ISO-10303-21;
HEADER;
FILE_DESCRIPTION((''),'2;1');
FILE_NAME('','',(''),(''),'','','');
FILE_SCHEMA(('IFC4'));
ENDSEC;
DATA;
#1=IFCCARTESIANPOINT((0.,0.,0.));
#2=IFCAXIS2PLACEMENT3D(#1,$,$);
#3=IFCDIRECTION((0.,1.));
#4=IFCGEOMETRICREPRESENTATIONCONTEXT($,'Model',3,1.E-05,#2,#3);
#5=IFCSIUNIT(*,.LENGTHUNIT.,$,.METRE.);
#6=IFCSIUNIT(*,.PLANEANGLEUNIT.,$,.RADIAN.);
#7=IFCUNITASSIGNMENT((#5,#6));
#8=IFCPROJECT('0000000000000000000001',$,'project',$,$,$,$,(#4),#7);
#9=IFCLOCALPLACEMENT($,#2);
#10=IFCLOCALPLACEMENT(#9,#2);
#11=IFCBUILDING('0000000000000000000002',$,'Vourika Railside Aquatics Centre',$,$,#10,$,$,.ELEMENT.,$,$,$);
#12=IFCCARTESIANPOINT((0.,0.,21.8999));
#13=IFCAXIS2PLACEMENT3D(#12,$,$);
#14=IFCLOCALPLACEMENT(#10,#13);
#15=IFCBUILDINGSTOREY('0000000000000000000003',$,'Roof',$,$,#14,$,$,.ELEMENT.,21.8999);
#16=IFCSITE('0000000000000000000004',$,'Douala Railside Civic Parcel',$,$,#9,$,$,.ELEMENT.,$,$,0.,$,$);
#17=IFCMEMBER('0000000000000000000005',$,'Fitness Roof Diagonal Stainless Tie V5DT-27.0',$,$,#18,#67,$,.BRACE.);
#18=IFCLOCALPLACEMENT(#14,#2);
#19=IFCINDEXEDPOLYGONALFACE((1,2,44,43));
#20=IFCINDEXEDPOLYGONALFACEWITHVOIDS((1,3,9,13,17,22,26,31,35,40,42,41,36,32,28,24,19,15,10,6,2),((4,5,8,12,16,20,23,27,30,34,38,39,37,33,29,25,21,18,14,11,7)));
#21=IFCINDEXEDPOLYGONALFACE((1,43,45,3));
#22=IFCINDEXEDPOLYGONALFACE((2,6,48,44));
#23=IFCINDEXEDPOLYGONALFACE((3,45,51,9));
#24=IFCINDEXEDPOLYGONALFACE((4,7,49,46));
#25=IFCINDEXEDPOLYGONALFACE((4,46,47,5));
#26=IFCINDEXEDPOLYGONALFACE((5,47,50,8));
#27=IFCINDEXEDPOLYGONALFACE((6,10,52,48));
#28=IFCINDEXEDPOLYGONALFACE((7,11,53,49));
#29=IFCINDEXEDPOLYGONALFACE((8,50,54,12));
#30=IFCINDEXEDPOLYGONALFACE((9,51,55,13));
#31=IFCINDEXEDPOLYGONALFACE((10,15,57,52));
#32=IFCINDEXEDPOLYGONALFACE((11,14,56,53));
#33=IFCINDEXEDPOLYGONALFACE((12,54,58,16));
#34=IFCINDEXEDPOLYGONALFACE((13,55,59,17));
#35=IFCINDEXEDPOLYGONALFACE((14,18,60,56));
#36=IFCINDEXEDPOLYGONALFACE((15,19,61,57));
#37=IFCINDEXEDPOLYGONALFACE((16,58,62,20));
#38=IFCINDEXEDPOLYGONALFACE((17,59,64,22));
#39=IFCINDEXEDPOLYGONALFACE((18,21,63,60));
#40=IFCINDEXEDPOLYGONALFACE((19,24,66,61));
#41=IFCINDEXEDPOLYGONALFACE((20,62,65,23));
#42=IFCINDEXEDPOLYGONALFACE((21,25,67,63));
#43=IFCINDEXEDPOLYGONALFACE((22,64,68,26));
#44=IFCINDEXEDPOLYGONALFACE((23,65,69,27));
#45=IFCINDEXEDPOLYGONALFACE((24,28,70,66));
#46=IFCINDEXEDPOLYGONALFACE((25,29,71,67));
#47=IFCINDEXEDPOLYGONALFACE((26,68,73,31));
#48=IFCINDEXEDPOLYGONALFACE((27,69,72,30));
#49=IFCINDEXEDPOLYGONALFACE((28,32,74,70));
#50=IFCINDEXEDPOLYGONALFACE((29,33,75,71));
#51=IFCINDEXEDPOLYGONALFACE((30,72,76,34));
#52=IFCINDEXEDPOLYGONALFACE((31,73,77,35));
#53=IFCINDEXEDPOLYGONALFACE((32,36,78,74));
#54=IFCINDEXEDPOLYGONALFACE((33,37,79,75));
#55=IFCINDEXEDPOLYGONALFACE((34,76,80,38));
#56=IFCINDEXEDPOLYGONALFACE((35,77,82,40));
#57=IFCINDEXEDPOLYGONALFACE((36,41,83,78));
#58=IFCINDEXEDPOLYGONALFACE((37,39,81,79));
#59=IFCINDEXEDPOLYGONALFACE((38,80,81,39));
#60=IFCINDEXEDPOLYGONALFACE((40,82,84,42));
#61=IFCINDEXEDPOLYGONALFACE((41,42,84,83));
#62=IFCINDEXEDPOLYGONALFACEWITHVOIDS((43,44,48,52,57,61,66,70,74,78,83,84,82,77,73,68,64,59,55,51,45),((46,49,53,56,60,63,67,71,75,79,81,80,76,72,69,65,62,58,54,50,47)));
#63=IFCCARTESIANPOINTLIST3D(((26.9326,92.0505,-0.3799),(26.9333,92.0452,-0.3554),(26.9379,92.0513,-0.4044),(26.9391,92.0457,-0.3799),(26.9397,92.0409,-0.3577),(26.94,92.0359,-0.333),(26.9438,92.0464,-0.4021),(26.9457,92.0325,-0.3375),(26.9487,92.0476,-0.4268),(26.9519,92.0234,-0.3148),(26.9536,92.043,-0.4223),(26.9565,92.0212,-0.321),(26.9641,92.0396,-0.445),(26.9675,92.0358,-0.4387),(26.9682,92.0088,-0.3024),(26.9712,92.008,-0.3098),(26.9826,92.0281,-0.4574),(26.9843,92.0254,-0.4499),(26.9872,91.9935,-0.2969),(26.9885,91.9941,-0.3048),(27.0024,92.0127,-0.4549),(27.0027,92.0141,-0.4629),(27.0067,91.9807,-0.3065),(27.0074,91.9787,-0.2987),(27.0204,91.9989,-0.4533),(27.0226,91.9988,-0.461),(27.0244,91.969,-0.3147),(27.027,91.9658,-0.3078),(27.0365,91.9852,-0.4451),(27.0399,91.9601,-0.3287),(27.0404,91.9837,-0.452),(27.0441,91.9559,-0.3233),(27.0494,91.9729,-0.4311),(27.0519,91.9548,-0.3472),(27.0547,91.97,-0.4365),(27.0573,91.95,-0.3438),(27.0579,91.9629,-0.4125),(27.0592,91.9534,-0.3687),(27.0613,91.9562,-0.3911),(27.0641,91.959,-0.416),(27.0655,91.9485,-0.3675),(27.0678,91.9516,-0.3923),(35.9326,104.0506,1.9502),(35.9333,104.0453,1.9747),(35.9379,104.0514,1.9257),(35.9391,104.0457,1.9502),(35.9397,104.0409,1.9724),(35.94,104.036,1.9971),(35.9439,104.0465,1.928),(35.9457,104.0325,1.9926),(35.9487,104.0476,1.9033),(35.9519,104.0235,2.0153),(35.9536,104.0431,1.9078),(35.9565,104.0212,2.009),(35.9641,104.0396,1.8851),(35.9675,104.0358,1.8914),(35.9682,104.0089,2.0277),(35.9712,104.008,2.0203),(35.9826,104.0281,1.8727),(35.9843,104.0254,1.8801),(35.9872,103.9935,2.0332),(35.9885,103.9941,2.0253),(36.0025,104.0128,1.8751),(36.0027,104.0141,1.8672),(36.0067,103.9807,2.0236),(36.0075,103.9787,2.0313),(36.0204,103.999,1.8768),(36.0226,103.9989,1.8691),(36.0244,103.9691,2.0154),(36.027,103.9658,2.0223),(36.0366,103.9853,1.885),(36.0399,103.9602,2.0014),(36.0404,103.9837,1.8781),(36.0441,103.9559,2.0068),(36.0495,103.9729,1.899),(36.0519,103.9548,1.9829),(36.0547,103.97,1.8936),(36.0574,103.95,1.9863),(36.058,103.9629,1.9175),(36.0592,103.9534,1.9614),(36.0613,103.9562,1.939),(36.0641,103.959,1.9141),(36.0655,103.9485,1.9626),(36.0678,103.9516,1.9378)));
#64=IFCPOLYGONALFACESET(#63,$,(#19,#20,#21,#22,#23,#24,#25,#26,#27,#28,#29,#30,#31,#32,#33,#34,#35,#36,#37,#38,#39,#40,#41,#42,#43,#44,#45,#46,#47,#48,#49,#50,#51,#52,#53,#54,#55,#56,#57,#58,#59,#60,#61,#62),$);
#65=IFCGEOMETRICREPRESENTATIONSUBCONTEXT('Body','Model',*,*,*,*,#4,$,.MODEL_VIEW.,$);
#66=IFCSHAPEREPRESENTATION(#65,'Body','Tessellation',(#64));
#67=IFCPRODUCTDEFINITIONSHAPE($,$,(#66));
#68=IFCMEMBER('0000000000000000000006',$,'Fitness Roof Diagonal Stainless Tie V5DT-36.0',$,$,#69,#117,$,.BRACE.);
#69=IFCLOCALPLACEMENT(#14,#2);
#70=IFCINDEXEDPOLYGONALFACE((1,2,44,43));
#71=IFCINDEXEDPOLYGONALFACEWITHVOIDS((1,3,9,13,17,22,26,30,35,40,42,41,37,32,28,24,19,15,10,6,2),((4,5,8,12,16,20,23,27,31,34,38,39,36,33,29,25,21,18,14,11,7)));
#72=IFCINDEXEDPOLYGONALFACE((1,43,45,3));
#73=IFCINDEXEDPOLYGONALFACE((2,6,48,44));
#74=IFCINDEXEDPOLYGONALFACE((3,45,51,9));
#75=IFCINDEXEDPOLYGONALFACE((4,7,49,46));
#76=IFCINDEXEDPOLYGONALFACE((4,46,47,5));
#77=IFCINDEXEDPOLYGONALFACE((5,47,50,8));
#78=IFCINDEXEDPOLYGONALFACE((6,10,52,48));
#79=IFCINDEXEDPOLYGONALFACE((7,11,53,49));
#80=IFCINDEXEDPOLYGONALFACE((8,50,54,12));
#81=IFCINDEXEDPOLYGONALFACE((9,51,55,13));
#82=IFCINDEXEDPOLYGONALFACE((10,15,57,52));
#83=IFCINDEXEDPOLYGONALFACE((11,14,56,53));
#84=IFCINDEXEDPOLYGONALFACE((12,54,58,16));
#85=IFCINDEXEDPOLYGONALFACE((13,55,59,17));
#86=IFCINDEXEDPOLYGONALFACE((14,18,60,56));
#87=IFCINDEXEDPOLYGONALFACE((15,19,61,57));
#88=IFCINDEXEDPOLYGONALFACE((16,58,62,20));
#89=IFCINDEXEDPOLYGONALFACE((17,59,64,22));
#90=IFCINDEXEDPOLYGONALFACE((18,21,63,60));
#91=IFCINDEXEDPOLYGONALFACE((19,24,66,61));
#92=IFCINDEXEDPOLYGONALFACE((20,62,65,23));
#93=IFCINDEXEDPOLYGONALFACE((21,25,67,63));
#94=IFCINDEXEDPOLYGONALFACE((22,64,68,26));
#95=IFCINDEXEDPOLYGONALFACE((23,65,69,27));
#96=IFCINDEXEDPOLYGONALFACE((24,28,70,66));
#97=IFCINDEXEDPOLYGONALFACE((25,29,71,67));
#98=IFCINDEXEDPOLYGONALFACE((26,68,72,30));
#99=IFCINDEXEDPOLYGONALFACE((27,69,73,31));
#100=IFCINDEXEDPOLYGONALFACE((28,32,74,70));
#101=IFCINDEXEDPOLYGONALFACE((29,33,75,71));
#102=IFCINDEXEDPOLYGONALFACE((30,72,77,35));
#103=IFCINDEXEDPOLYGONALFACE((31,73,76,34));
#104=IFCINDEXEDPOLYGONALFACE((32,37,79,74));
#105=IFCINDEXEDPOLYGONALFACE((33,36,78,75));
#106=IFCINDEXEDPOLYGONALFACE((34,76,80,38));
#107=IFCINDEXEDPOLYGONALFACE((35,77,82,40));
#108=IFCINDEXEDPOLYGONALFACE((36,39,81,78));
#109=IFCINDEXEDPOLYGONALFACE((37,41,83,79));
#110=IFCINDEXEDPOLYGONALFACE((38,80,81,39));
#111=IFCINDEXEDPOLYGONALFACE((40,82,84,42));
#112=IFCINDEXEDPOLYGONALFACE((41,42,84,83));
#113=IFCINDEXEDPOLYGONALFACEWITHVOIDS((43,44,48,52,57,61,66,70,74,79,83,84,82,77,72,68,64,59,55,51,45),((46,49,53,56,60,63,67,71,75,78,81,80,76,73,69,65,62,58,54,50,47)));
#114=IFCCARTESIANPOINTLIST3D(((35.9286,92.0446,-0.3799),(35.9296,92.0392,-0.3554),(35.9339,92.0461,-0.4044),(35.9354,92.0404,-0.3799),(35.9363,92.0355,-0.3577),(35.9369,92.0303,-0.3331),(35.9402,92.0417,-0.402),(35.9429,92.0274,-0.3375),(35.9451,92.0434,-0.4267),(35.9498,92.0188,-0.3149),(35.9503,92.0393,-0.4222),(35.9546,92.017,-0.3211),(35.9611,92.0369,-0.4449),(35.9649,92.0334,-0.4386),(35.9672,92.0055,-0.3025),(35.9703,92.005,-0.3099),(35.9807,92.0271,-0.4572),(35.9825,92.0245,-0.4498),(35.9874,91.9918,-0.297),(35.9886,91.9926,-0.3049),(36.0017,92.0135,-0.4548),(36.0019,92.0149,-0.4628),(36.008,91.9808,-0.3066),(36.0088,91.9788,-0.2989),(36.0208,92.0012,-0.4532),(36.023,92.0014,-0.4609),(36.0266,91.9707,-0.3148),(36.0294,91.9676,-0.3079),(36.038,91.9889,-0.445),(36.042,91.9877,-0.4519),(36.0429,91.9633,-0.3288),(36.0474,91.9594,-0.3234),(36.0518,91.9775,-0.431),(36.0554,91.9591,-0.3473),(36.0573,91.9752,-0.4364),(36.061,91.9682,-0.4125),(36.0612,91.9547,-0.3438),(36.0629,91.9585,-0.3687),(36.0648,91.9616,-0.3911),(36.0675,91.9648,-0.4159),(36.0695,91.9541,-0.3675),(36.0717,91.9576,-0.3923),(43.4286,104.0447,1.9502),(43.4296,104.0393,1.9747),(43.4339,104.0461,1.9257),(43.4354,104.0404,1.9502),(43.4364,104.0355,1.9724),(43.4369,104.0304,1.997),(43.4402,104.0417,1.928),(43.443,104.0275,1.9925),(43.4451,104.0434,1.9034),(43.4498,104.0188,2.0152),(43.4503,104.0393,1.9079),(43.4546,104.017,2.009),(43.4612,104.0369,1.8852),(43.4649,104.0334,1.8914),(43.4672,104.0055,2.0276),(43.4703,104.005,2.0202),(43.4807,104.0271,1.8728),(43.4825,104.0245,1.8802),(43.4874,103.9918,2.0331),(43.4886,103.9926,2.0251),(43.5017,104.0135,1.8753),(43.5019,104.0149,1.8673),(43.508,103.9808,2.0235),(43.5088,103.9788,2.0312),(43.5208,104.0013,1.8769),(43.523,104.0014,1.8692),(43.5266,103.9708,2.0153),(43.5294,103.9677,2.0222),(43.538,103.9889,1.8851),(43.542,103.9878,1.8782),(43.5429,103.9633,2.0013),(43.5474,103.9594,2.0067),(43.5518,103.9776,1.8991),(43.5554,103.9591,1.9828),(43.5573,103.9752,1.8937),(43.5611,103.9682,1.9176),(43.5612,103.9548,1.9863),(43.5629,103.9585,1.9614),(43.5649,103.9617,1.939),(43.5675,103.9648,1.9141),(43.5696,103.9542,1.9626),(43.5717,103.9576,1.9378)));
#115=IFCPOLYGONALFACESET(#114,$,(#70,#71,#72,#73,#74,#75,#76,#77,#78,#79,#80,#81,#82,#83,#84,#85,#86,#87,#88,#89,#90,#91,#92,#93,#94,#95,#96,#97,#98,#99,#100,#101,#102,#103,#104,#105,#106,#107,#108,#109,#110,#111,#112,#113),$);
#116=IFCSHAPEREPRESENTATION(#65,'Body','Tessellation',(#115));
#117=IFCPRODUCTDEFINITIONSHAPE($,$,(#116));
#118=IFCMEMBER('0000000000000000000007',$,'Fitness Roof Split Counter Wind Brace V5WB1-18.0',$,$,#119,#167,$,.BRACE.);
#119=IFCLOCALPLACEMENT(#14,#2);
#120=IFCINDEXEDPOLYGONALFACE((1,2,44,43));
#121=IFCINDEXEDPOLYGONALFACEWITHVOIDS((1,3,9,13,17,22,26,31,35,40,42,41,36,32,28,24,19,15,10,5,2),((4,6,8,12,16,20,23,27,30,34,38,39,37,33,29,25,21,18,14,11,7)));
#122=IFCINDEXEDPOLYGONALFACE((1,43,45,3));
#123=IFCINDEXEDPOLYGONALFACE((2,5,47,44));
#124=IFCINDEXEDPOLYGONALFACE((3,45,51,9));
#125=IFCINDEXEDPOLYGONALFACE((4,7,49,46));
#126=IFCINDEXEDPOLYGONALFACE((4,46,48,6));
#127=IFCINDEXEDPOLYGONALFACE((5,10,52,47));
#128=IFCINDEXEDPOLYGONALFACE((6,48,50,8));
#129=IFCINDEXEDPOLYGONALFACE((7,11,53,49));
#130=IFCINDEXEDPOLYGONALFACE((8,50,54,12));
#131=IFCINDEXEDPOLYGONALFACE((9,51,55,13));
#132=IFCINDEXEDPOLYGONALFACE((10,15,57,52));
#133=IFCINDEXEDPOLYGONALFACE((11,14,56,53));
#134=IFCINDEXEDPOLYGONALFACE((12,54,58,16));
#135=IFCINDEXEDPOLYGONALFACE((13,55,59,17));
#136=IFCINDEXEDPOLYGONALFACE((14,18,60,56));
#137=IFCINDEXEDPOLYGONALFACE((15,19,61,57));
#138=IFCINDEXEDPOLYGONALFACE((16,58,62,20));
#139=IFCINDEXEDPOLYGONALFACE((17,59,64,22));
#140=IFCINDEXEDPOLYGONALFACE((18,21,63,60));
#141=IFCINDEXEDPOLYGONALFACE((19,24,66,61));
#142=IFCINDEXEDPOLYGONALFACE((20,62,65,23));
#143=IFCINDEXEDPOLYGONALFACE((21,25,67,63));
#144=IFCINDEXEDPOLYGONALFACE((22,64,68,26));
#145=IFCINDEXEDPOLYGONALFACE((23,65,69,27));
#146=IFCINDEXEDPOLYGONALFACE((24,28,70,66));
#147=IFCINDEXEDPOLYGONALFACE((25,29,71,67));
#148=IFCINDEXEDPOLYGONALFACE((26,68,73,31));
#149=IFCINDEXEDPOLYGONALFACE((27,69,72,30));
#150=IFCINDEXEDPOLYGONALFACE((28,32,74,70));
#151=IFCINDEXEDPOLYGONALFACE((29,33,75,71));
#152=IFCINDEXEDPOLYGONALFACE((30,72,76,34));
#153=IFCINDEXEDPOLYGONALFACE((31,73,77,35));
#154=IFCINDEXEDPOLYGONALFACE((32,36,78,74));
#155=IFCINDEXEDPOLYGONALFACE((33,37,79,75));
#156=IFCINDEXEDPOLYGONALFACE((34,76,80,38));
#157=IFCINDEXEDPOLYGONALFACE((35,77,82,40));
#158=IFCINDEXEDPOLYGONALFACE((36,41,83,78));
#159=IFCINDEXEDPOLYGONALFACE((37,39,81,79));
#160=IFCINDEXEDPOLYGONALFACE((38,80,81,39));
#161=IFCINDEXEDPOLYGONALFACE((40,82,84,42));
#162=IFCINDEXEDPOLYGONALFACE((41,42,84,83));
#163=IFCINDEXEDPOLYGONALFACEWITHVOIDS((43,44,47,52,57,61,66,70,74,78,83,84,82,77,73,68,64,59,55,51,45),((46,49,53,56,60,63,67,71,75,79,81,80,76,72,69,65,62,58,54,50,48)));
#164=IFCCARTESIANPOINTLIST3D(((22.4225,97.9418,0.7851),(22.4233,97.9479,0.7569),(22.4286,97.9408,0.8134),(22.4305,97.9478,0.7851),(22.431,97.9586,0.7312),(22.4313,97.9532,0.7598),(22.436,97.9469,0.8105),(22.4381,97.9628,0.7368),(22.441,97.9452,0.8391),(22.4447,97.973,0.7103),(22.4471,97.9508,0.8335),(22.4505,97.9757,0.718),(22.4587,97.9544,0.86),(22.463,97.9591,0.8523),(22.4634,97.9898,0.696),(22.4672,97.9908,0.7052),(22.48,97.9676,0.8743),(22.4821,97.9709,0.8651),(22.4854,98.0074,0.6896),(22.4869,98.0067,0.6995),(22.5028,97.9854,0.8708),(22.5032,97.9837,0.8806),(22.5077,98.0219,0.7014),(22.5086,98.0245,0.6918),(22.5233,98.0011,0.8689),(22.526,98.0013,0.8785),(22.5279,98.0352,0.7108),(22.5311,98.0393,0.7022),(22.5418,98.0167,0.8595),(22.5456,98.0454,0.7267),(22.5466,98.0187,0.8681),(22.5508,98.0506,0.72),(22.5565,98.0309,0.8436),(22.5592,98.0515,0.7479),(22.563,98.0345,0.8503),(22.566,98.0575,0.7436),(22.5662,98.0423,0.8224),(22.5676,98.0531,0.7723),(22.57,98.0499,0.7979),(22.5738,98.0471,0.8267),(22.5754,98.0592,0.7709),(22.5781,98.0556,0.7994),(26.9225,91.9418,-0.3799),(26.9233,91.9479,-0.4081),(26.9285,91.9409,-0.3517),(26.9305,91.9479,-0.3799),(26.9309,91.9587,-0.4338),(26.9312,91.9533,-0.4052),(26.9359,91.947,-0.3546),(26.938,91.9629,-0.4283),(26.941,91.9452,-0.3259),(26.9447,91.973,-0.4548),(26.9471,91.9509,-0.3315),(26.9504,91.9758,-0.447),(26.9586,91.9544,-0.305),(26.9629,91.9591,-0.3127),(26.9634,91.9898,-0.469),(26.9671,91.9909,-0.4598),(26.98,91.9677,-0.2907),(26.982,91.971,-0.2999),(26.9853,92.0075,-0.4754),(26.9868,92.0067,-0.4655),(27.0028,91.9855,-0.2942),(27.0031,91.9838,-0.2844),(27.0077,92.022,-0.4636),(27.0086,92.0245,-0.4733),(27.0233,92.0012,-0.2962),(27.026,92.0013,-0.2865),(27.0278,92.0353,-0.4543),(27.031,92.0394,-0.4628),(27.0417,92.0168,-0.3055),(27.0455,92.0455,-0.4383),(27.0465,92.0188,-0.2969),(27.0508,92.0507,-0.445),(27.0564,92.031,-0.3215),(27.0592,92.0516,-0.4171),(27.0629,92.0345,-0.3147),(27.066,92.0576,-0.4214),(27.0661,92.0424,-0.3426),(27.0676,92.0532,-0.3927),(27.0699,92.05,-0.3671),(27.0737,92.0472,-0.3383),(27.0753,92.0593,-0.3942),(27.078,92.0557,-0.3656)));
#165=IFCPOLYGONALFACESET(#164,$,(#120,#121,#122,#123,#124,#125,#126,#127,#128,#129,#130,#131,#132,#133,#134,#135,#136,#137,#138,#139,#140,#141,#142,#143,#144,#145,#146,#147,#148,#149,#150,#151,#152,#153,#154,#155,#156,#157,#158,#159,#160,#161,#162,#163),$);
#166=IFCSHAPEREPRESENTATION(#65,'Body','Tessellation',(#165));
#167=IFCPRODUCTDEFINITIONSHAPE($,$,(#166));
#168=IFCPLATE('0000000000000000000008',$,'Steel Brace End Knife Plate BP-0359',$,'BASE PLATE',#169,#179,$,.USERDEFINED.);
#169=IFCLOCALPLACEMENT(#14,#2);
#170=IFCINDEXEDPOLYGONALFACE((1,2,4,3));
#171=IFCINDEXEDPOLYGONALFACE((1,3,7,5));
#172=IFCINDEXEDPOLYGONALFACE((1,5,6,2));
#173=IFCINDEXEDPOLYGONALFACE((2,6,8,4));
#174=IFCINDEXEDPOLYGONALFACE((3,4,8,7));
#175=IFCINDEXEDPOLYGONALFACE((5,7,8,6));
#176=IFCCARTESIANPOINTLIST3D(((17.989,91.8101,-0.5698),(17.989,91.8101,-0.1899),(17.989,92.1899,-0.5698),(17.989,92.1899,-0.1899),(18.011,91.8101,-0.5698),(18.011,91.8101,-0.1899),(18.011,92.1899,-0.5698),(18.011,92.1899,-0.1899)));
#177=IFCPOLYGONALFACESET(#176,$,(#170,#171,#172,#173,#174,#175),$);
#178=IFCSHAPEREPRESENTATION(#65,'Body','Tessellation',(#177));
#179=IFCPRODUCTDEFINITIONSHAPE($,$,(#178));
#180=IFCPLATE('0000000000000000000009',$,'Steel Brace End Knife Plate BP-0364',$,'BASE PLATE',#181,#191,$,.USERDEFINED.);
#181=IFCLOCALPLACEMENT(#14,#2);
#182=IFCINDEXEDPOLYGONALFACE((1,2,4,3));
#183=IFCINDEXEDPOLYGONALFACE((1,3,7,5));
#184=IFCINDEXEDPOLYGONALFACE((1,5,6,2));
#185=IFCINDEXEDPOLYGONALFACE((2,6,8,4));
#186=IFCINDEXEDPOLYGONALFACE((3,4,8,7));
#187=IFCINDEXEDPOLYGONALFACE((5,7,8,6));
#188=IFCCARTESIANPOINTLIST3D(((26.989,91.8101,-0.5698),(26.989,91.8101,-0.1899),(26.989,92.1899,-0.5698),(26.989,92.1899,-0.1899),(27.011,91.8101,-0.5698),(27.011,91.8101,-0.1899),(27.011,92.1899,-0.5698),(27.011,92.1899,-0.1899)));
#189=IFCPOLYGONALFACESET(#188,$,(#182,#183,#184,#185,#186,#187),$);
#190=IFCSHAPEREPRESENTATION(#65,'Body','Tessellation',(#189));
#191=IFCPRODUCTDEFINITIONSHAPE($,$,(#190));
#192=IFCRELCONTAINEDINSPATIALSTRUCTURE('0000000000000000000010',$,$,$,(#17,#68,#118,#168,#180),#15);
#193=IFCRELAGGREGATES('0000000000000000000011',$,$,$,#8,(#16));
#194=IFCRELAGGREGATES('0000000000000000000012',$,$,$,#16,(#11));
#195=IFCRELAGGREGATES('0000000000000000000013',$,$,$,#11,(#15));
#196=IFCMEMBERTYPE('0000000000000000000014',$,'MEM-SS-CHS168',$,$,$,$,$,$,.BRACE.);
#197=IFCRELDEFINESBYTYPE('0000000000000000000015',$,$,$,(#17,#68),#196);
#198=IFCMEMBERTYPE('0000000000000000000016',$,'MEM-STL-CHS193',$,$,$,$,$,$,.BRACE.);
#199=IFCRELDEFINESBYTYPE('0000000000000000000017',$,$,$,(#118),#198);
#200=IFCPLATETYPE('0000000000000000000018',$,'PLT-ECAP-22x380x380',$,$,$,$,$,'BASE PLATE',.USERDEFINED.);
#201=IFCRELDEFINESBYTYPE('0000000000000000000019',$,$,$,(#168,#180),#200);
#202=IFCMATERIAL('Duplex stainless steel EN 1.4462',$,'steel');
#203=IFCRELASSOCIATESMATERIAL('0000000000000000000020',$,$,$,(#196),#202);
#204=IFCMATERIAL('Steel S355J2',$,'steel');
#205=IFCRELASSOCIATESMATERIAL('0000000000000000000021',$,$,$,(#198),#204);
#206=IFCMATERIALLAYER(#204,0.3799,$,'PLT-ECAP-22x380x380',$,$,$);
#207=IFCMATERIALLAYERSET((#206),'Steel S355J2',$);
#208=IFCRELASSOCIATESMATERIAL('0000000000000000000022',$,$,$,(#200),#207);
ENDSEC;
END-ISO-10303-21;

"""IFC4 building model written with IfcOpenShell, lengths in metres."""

from ifc_helpers import new_model, si_unit, direction, frame, origin, origin_2d, place, context, subcontext, project, spatial, rectangle, hollow_circle, extrude, material, layer, layer_set, material_profile, profile_set, type_object, element, save


model = new_model("IFC4")

# Units and contexts
model_context = context("Model", 3, precision=1e-05, world=origin(), true_north=direction((0.0, 1.0)))
body_context = subcontext(model_context, "Body", "Model", "MODEL_VIEW")
ifc_project = project(units=[si_unit("LENGTHUNIT", "METRE"), si_unit("PLANEANGLEUNIT", "RADIAN")], contexts=[model_context])

# Site, building, storey
site_placement = place(None, origin())
site = spatial("IfcSite", under=ifc_project, at=site_placement, Name="Douala Railside Civic Parcel", CompositionType="ELEMENT", RefElevation=0.0)
building_placement = place(site_placement, origin())
building = spatial("IfcBuilding", under=site, at=building_placement, Name="Vourika Railside Aquatics Centre", CompositionType="ELEMENT")
storey_placement = place(building_placement, frame((0.0, 0.0, 21.8999)))
storey = spatial("IfcBuildingStorey", under=building, at=storey_placement, Name="Roof", CompositionType="ELEMENT", Elevation=21.8999)

# Shared definitions
ifc_material_1 = material(Name="Steel S355J2", Category="steel")

# Members
ifc_material_2 = material(Name="Duplex stainless steel EN 1.4462", Category="steel")
ifc_material_profile_1 = material_profile(ifc_material_2, hollow_circle(Radius=0.0842, WallThickness=0.0081, at=origin_2d()), Name="CHS 168.3x8")
ifc_profile_set_1 = profile_set([ifc_material_profile_1], Name="Duplex stainless steel EN 1.4462")
member_type_1 = type_object("IfcMemberType", Name="MEM-SS-CHS168", PredefinedType="BRACE", material=ifc_profile_set_1)
for number, where, z_axis, x_axis, name in (
    (1, (27.0, 92.0, -0.3799), (0.592889, 0.790519, 0.153498), (-0.8, 0.6, 0.0), "Fitness Roof Diagonal Stainless Tie V5DT-27.0"),
):
    element("IfcMember", number, at=place(storey_placement, frame(where, z_axis=z_axis, x_axis=x_axis)), inside=storey, type_object=member_type_1, Name=name, PredefinedType="BRACE", context=body_context, shape_type="SweptSolid", body=[
        extrude(hollow_circle(Radius=0.0842, WallThickness=0.0081, at=origin_2d()), origin(), (0.0, 0.0, 1.0), 15.1799),
    ])
member_1_placement = place(storey_placement, frame((36.0, 92.0, -0.3799), z_axis=(0.522957, 0.836731, 0.162471), x_axis=(-0.847998, 0.529999, 0.0)))
element("IfcMember", 2, at=member_1_placement, inside=storey, type_object=member_type_1, Name="Fitness Roof Diagonal Stainless Tie V5DT-36.0", PredefinedType="BRACE", context=body_context, shape_type="SweptSolid", body=[
    extrude(hollow_circle(Radius=0.0842, WallThickness=0.0081, at=origin_2d()), origin(), (0.0, 0.0, 1.0), 14.3416),
])
ifc_material_profile_2 = material_profile(ifc_material_1, hollow_circle(Radius=0.0969, WallThickness=0.01, at=origin_2d()), Name="CHS 193.7x10")
ifc_profile_set_2 = profile_set([ifc_material_profile_2], Name="Steel S355J2")
member_type_2 = type_object("IfcMemberType", Name="MEM-STL-CHS193", PredefinedType="BRACE", material=ifc_profile_set_2)
member_2_placement = place(storey_placement, frame((27.0, 92.0, -0.3799), z_axis=(-0.592889, 0.790519, 0.153498), x_axis=(-0.8, -0.6, 0.0)))
element("IfcMember", 3, at=member_2_placement, inside=storey, type_object=member_type_2, Name="Fitness Roof Split Counter Wind Brace V5WB1-18.0", PredefinedType="BRACE", context=body_context, shape_type="SweptSolid", body=[
    extrude(hollow_circle(Radius=0.0969, WallThickness=0.01, at=origin_2d()), origin(), (0.0, 0.0, 1.0), 7.5898),
])

# Plates
ifc_layer_1 = layer(ifc_material_1, 0.3799, Name="PLT-ECAP-22x380x380")
ifc_layer_set_1 = layer_set([ifc_layer_1], Name="Steel S355J2")
plate_type_1 = type_object("IfcPlateType", Name="PLT-ECAP-22x380x380", ElementType="BASE PLATE", PredefinedType="USERDEFINED", material=ifc_layer_set_1)
for number, where, z_axis, x_axis, name in (
    (4, (18.0, 92.0, -0.5698), (0.0, 0.0, 1.0), (1.0, 0.0, 0.0), "Steel Brace End Knife Plate BP-0359"),
    (5, (27.0, 92.0, -0.5698), (0.0, 0.0, 1.0), (1.0, 0.0, 0.0), "Steel Brace End Knife Plate BP-0364"),
):
    element("IfcPlate", number, at=place(storey_placement, frame(where, z_axis=z_axis, x_axis=x_axis)), inside=storey, type_object=plate_type_1, Name=name, ObjectType="BASE PLATE", PredefinedType="USERDEFINED", context=body_context, shape_type="SweptSolid", body=[
        extrude(rectangle(XDim=0.022, YDim=0.3799, at=origin_2d()), origin(), (0.0, 0.0, 1.0), 0.3799),
    ])

save(model, "model.ifc")
